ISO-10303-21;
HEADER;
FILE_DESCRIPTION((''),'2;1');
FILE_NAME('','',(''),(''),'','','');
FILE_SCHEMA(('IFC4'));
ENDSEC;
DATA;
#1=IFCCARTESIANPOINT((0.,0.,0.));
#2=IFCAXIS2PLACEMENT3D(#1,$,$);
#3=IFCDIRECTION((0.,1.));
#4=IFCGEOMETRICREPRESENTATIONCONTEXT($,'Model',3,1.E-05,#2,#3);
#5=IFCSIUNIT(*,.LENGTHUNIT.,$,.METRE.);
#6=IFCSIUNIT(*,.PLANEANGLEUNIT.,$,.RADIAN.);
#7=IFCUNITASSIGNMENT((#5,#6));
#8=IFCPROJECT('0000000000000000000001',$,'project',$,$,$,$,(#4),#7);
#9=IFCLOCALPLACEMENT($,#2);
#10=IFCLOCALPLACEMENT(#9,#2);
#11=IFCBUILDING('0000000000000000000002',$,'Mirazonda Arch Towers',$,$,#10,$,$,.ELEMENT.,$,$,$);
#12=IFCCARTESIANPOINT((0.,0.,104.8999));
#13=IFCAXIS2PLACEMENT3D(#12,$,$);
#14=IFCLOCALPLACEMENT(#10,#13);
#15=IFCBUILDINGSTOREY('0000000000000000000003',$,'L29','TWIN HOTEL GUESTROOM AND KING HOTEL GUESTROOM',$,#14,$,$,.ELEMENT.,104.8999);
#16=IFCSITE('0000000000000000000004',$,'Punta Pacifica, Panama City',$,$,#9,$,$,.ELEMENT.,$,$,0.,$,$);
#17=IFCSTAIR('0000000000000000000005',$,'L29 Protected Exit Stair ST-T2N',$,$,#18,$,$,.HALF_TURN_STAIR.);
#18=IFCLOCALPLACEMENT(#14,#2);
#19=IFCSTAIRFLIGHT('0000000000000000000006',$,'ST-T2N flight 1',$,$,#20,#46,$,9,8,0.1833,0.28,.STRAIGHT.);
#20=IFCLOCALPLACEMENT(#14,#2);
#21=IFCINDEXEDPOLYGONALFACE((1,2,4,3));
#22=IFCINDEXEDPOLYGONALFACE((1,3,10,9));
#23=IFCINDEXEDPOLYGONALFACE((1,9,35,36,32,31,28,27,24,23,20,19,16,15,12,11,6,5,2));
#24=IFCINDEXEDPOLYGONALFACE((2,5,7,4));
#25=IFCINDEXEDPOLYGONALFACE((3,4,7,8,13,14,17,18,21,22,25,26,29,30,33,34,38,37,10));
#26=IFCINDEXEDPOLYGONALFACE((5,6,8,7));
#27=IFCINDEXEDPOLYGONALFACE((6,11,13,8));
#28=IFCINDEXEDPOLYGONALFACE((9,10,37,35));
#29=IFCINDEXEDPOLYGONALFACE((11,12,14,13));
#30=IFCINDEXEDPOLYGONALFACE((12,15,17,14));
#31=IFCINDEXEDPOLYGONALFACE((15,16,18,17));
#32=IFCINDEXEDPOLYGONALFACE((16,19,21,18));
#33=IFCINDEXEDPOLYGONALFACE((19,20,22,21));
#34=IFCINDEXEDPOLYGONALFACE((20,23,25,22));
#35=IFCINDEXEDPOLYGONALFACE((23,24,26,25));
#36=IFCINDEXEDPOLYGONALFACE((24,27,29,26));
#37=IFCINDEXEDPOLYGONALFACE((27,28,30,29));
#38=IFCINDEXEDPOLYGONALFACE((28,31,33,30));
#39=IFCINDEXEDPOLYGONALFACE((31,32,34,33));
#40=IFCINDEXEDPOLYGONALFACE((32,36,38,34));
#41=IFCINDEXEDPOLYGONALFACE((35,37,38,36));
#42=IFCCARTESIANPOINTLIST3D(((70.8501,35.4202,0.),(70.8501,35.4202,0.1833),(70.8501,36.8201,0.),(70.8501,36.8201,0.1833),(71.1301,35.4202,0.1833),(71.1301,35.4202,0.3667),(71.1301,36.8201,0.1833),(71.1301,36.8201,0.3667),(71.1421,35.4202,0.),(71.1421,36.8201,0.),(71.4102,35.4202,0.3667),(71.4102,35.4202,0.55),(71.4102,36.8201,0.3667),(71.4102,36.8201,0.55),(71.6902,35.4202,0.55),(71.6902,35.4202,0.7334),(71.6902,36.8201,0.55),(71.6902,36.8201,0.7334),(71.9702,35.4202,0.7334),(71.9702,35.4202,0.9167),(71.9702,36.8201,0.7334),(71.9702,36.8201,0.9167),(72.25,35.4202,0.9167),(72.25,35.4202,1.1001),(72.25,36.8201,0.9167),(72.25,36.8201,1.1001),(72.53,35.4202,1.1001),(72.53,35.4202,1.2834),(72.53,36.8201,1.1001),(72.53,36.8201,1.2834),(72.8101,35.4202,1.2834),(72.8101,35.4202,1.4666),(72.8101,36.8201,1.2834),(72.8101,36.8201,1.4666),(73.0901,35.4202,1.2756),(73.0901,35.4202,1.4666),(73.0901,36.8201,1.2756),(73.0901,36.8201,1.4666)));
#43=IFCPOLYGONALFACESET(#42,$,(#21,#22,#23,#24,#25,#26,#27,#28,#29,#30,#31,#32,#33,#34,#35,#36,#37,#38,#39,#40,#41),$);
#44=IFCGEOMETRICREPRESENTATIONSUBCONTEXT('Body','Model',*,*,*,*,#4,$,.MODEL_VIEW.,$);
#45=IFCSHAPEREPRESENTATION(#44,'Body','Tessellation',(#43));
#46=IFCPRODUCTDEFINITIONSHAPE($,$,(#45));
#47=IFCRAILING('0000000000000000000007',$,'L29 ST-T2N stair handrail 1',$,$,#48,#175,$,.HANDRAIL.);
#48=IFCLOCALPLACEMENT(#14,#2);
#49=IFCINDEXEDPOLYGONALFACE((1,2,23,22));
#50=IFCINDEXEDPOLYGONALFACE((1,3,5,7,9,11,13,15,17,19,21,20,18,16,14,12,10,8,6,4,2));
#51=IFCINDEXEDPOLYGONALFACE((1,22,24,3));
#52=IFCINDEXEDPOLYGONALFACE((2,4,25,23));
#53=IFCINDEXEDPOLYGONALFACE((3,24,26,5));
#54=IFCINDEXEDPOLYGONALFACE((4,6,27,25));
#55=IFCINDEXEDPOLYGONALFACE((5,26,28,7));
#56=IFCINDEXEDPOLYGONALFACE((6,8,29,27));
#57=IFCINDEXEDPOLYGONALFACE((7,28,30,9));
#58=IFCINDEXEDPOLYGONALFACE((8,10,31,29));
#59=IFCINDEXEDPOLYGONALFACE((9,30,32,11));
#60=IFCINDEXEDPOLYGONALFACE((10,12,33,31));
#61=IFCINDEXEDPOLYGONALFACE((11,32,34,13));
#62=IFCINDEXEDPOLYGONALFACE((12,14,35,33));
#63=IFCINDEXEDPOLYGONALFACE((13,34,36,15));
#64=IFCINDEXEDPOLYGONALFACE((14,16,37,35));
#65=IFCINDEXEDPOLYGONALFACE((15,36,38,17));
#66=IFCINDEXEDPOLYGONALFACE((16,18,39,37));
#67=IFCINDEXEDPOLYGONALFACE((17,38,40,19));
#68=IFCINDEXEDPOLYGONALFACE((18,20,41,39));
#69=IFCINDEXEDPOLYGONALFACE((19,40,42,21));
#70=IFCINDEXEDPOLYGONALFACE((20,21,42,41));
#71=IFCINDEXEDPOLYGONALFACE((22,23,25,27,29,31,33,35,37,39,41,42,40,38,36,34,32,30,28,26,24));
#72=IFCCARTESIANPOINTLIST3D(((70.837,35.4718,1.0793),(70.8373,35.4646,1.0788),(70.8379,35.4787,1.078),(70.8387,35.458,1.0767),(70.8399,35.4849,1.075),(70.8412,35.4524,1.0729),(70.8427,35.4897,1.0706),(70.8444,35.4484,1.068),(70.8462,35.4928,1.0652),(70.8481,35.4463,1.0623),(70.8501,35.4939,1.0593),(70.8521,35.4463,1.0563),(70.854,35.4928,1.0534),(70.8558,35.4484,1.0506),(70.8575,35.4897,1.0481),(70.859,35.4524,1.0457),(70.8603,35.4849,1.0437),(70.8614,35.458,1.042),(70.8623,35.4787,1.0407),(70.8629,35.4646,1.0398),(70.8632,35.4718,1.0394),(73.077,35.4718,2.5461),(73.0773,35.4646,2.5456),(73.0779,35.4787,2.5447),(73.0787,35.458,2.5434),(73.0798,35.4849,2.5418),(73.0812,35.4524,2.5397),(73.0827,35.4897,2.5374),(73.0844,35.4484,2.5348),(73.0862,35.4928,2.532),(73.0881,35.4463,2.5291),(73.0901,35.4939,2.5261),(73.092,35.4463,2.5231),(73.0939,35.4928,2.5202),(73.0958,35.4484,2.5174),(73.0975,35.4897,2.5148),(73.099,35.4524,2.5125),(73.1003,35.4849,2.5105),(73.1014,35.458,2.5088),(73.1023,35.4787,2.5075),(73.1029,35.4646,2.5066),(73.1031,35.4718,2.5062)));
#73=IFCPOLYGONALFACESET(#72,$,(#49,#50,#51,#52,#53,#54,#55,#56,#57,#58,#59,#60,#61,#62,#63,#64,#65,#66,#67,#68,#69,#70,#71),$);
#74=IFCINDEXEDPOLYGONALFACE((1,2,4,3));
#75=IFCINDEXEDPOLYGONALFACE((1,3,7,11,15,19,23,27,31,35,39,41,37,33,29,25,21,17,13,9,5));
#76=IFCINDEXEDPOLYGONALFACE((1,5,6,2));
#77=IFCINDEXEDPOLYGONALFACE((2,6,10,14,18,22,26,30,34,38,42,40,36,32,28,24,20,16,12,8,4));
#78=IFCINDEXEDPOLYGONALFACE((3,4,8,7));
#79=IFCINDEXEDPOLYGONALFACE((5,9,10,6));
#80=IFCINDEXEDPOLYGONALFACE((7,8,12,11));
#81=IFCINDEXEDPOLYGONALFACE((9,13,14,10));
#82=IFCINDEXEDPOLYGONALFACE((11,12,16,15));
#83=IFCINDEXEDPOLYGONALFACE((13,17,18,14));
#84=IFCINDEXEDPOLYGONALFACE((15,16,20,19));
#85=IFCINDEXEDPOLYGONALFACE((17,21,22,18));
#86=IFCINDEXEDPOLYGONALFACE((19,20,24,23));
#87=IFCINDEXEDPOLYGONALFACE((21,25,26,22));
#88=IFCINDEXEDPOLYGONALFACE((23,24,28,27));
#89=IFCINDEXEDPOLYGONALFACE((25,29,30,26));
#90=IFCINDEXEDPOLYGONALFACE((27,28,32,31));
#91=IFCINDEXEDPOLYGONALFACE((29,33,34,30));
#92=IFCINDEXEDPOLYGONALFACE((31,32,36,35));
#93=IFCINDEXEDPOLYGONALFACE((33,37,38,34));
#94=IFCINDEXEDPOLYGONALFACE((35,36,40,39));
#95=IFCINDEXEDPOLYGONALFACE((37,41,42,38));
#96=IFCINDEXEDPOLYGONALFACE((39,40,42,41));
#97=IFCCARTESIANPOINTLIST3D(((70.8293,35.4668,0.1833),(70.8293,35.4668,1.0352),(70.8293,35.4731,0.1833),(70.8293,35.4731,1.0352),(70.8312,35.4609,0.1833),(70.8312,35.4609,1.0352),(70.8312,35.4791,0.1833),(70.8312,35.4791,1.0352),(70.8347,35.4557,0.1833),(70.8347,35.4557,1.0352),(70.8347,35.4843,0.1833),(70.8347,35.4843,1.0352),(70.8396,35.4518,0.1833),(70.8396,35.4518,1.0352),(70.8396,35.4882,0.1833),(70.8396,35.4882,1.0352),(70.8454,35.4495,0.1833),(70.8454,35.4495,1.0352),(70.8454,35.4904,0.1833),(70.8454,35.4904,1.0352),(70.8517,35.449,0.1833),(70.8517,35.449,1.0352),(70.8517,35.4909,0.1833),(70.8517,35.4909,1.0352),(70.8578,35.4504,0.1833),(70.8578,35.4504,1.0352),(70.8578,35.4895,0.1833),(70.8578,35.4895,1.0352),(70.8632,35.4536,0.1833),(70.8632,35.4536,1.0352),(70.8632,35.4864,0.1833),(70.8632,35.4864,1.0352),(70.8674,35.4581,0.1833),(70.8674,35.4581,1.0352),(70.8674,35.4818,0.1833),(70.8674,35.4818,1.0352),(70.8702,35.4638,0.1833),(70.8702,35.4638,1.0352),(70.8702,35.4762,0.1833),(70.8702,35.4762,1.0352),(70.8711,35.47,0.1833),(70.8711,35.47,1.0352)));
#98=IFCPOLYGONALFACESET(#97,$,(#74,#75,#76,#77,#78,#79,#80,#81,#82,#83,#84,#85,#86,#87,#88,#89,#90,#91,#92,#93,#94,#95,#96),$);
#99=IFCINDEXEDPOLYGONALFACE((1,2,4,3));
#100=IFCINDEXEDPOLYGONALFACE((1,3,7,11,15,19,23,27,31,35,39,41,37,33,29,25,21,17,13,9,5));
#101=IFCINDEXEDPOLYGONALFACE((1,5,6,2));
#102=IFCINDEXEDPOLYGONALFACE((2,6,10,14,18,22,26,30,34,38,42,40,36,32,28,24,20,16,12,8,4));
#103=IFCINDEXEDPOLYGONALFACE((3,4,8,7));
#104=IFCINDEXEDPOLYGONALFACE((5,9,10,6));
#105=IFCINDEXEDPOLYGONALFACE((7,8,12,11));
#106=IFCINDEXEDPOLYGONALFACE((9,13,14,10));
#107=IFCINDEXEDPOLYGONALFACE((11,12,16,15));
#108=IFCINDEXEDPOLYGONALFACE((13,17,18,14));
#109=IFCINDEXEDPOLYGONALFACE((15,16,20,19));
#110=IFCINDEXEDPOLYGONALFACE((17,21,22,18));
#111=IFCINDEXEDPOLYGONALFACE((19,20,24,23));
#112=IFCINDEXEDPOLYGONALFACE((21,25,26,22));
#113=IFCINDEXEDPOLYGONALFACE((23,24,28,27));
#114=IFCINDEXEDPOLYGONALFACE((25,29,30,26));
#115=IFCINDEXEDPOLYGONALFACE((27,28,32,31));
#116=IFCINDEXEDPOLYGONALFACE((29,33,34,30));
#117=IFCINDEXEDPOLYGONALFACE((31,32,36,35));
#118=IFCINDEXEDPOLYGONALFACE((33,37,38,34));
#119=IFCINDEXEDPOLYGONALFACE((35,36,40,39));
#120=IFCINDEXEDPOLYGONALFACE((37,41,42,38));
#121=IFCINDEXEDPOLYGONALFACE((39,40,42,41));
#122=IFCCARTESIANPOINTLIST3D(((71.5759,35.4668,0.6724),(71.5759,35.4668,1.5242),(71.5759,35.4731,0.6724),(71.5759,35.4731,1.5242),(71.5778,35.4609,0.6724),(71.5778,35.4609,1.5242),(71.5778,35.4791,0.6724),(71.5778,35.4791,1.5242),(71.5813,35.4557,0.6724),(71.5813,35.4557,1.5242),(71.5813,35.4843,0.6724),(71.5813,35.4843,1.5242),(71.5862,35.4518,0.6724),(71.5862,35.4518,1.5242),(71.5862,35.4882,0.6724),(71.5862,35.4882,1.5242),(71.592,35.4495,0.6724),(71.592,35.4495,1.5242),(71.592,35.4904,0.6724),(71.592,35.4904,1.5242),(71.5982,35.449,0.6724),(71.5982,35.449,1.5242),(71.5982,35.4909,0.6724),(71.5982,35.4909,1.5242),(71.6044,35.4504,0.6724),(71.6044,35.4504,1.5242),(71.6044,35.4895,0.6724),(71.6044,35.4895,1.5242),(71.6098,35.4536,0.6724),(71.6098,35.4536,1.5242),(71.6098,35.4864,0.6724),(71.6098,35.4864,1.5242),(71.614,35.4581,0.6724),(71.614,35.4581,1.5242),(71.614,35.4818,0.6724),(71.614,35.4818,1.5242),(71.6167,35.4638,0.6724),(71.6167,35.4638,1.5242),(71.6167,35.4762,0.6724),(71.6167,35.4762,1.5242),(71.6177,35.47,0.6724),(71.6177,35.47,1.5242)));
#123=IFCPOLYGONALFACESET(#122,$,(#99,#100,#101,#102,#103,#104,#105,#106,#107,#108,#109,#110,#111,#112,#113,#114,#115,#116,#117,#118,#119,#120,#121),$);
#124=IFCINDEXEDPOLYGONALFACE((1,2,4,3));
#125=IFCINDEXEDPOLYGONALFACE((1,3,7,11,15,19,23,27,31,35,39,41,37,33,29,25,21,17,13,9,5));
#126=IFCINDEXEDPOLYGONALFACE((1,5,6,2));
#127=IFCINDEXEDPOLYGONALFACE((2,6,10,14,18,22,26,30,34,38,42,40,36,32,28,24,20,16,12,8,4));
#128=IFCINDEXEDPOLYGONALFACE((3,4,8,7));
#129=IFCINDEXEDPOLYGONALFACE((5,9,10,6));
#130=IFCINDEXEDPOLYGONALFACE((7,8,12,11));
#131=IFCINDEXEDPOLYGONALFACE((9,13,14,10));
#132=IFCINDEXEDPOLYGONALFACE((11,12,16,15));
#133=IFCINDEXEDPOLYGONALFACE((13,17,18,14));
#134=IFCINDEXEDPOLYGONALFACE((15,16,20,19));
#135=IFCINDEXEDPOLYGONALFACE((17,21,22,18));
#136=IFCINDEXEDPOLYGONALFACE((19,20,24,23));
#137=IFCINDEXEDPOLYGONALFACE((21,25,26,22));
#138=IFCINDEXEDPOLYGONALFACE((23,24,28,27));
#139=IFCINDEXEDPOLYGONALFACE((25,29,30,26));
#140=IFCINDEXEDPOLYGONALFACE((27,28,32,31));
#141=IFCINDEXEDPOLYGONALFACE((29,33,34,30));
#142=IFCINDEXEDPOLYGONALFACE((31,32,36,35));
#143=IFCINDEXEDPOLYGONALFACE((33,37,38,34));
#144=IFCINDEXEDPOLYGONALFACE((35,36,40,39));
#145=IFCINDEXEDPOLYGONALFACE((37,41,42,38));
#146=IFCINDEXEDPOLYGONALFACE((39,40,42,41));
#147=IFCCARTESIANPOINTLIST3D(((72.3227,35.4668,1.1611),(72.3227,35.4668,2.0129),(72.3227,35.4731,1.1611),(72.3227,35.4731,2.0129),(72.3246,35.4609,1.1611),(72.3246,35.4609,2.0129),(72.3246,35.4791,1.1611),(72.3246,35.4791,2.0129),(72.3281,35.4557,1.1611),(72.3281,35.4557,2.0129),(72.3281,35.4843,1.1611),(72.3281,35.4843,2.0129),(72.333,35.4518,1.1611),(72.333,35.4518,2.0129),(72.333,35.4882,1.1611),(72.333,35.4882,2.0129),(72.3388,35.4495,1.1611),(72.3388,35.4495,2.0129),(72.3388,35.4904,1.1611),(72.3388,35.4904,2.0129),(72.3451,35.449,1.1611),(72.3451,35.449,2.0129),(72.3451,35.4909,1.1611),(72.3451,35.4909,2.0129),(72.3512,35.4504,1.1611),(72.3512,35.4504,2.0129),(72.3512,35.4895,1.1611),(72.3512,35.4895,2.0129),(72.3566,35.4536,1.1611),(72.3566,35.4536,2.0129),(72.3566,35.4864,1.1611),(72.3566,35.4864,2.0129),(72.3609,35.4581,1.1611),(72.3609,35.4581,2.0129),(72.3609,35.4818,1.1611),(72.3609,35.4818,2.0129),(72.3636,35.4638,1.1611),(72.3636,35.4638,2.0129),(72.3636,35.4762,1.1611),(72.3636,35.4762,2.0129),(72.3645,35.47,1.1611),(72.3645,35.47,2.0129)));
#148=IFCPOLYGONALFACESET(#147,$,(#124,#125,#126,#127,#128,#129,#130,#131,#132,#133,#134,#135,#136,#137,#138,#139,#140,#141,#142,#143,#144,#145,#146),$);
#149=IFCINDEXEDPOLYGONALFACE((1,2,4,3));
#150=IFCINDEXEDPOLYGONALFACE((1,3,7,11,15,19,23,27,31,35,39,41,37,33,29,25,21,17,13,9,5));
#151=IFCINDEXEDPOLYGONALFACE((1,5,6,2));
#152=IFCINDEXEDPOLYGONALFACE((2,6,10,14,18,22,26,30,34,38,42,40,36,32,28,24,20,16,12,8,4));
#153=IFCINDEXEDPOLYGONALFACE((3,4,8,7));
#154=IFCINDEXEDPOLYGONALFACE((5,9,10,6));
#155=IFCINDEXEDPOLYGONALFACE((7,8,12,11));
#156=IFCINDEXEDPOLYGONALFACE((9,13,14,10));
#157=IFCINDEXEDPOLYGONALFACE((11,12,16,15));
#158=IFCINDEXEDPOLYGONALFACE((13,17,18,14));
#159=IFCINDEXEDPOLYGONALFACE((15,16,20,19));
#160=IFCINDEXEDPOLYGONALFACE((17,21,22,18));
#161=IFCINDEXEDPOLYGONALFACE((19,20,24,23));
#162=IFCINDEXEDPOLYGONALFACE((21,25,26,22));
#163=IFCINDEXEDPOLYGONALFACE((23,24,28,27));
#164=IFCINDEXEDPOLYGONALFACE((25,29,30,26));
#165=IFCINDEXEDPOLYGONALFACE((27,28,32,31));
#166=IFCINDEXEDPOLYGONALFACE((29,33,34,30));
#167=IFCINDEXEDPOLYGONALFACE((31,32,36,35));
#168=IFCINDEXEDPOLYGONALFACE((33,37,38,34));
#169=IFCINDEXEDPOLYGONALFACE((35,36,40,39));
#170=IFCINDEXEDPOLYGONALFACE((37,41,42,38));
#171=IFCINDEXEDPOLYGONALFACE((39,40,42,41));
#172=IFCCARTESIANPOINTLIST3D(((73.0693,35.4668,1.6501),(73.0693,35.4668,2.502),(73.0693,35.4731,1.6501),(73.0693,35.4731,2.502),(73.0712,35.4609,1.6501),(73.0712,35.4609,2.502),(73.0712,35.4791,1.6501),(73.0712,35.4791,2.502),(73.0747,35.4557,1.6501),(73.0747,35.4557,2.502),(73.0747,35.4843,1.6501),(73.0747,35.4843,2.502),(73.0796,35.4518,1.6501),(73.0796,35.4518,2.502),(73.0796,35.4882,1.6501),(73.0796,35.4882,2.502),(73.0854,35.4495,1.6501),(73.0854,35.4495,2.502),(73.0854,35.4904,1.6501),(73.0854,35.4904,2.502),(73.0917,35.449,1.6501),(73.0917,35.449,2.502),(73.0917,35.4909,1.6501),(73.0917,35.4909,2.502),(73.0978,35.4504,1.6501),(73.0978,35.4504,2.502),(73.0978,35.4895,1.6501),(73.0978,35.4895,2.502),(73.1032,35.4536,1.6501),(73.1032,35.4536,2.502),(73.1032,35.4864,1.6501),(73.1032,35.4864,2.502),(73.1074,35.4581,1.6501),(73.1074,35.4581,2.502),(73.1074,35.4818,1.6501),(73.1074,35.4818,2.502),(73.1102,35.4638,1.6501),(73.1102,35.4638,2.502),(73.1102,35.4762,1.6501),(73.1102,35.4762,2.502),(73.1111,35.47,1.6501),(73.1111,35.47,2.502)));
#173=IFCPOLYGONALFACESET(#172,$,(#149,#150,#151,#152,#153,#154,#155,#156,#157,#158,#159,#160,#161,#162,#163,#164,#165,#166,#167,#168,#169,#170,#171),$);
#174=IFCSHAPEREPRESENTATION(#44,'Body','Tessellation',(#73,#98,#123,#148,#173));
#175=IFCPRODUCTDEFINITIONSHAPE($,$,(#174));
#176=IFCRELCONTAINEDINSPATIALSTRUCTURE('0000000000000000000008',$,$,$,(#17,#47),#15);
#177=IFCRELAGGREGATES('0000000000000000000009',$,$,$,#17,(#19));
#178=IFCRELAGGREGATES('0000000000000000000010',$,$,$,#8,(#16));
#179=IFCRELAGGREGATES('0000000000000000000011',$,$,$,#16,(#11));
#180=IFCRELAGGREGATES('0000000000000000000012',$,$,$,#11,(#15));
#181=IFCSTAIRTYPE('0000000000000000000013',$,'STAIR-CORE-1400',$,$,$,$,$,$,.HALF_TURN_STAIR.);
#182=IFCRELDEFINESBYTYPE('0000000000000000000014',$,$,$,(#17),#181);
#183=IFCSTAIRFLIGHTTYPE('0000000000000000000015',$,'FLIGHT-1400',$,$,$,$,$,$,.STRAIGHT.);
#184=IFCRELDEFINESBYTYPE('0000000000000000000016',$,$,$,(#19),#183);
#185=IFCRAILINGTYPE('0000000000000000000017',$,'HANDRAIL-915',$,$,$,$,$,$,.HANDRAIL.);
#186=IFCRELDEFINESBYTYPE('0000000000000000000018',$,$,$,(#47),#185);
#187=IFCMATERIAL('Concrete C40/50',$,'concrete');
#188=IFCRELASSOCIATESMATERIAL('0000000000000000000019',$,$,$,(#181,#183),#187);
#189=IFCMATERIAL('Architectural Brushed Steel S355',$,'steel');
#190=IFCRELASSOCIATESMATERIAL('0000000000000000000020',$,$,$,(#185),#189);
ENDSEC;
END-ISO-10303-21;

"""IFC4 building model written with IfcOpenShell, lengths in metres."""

from ifc_helpers import new_model, si_unit, direction, frame, origin, origin_2d, place, context, subcontext, project, spatial, polyline, circle, outline, extrude, material, type_object, element, aggregate, save


model = new_model("IFC4")

# Units and contexts
model_context = context("Model", 3, precision=1e-05, world=origin(), true_north=direction((0.0, 1.0)))
body_context = subcontext(model_context, "Body", "Model", "MODEL_VIEW")
ifc_project = project(units=[si_unit("LENGTHUNIT", "METRE"), si_unit("PLANEANGLEUNIT", "RADIAN")], contexts=[model_context])

# Site, building, storey
site_placement = place(None, origin())
site = spatial("IfcSite", under=ifc_project, at=site_placement, Name="Punta Pacifica, Panama City", CompositionType="ELEMENT", RefElevation=0.0)
building_placement = place(site_placement, origin())
building = spatial("IfcBuilding", under=site, at=building_placement, Name="Mirazonda Arch Towers", CompositionType="ELEMENT")
storey_placement = place(building_placement, frame((0.0, 0.0, 104.8999)))
storey = spatial("IfcBuildingStorey", under=building, at=storey_placement, Name="L29", Description="TWIN HOTEL GUESTROOM AND KING HOTEL GUESTROOM", CompositionType="ELEMENT", Elevation=104.8999)

# Shared definitions
ifc_material_1 = material(Name="Architectural Brushed Steel S355", Category="steel")

# Stair, stair flight
ifc_material_2 = material(Name="Concrete C40/50", Category="concrete")
stair_type = type_object("IfcStairType", Name="STAIR-CORE-1400", PredefinedType="HALF_TURN_STAIR", material=ifc_material_2)
stair_placement = place(storey_placement, origin())
stair = element("IfcStair", 1, at=stair_placement, inside=storey, type_object=stair_type, Name="L29 Protected Exit Stair ST-T2N", PredefinedType="HALF_TURN_STAIR")
stair_flight_type = type_object("IfcStairFlightType", Name="FLIGHT-1400", PredefinedType="STRAIGHT", material=ifc_material_2)
stair_flight_placement = place(storey_placement, frame((70.8501, 36.1201, 0.0), z_axis=(0.0, 0.0, 1.0), x_axis=(1.0, 0.0, 0.0)))
stair_flight = element("IfcStairFlight", 2, at=stair_flight_placement, type_object=stair_flight_type, Name="ST-T2N flight 1", NumberOfRisers=9, NumberOfTreads=8, PredefinedType="STRAIGHT", RiserHeight=0.1833, TreadLength=0.28, context=body_context, shape_type="SweptSolid", body=[
    extrude(outline(polyline([(0.0, 0.0), (0.0, 0.1833), (0.28, 0.1833), (0.28, 0.3667), (0.5601, 0.3667), (0.5601, 0.55), (0.8401, 0.55), (0.8401, 0.7334), (1.1201, 0.7334), (1.1201, 0.9167), (1.3999, 0.9167), (1.3999, 1.1001), (1.6799, 1.1001), (1.6799, 1.2834), (1.96, 1.2834), (1.96, 1.4666), (2.24, 1.4666), (2.24, 1.6499), (2.24, 1.2756), (0.292, 0.0), (0.0, 0.0)])), frame((0.0, 0.7, 0.0), z_axis=(0.0, -1.0, 0.0), x_axis=(1.0, 0.0, 0.0)), (0.0, 0.0, 1.0), 1.3999),
])
aggregate(stair, [stair_flight])

# Railing
railing_type = type_object("IfcRailingType", Name="HANDRAIL-915", PredefinedType="HANDRAIL", material=ifc_material_1)
railing_placement = place(storey_placement, frame((70.8501, 35.47, 0.1833)))
element("IfcRailing", 3, at=railing_placement, inside=storey, type_object=railing_type, Name="L29 ST-T2N stair handrail 1", PredefinedType="HANDRAIL", context=body_context, shape_type="SweptSolid", body=[
    extrude(circle(Radius=0.0239, at=origin_2d()), frame((0.0, 0.0, 0.876), z_axis=(0.836595, 0.0, 0.547822), x_axis=(0.0, 1.0, 0.0)), (0.0, 0.0, 1.0), 2.6775),
    extrude(circle(Radius=0.021, at=origin_2d()), origin(), (0.0, 0.0, 1.0), 0.8518),
    extrude(circle(Radius=0.021, at=origin_2d()), frame((0.7466, 0.0, 0.489)), (0.0, 0.0, 1.0), 0.8518),
    extrude(circle(Radius=0.021, at=origin_2d()), frame((1.4934, 0.0, 0.9778)), (0.0, 0.0, 1.0), 0.8518),
    extrude(circle(Radius=0.021, at=origin_2d()), frame((2.24, 0.0, 1.4668)), (0.0, 0.0, 1.0), 0.8518),
])

save(model, "model.ifc")
